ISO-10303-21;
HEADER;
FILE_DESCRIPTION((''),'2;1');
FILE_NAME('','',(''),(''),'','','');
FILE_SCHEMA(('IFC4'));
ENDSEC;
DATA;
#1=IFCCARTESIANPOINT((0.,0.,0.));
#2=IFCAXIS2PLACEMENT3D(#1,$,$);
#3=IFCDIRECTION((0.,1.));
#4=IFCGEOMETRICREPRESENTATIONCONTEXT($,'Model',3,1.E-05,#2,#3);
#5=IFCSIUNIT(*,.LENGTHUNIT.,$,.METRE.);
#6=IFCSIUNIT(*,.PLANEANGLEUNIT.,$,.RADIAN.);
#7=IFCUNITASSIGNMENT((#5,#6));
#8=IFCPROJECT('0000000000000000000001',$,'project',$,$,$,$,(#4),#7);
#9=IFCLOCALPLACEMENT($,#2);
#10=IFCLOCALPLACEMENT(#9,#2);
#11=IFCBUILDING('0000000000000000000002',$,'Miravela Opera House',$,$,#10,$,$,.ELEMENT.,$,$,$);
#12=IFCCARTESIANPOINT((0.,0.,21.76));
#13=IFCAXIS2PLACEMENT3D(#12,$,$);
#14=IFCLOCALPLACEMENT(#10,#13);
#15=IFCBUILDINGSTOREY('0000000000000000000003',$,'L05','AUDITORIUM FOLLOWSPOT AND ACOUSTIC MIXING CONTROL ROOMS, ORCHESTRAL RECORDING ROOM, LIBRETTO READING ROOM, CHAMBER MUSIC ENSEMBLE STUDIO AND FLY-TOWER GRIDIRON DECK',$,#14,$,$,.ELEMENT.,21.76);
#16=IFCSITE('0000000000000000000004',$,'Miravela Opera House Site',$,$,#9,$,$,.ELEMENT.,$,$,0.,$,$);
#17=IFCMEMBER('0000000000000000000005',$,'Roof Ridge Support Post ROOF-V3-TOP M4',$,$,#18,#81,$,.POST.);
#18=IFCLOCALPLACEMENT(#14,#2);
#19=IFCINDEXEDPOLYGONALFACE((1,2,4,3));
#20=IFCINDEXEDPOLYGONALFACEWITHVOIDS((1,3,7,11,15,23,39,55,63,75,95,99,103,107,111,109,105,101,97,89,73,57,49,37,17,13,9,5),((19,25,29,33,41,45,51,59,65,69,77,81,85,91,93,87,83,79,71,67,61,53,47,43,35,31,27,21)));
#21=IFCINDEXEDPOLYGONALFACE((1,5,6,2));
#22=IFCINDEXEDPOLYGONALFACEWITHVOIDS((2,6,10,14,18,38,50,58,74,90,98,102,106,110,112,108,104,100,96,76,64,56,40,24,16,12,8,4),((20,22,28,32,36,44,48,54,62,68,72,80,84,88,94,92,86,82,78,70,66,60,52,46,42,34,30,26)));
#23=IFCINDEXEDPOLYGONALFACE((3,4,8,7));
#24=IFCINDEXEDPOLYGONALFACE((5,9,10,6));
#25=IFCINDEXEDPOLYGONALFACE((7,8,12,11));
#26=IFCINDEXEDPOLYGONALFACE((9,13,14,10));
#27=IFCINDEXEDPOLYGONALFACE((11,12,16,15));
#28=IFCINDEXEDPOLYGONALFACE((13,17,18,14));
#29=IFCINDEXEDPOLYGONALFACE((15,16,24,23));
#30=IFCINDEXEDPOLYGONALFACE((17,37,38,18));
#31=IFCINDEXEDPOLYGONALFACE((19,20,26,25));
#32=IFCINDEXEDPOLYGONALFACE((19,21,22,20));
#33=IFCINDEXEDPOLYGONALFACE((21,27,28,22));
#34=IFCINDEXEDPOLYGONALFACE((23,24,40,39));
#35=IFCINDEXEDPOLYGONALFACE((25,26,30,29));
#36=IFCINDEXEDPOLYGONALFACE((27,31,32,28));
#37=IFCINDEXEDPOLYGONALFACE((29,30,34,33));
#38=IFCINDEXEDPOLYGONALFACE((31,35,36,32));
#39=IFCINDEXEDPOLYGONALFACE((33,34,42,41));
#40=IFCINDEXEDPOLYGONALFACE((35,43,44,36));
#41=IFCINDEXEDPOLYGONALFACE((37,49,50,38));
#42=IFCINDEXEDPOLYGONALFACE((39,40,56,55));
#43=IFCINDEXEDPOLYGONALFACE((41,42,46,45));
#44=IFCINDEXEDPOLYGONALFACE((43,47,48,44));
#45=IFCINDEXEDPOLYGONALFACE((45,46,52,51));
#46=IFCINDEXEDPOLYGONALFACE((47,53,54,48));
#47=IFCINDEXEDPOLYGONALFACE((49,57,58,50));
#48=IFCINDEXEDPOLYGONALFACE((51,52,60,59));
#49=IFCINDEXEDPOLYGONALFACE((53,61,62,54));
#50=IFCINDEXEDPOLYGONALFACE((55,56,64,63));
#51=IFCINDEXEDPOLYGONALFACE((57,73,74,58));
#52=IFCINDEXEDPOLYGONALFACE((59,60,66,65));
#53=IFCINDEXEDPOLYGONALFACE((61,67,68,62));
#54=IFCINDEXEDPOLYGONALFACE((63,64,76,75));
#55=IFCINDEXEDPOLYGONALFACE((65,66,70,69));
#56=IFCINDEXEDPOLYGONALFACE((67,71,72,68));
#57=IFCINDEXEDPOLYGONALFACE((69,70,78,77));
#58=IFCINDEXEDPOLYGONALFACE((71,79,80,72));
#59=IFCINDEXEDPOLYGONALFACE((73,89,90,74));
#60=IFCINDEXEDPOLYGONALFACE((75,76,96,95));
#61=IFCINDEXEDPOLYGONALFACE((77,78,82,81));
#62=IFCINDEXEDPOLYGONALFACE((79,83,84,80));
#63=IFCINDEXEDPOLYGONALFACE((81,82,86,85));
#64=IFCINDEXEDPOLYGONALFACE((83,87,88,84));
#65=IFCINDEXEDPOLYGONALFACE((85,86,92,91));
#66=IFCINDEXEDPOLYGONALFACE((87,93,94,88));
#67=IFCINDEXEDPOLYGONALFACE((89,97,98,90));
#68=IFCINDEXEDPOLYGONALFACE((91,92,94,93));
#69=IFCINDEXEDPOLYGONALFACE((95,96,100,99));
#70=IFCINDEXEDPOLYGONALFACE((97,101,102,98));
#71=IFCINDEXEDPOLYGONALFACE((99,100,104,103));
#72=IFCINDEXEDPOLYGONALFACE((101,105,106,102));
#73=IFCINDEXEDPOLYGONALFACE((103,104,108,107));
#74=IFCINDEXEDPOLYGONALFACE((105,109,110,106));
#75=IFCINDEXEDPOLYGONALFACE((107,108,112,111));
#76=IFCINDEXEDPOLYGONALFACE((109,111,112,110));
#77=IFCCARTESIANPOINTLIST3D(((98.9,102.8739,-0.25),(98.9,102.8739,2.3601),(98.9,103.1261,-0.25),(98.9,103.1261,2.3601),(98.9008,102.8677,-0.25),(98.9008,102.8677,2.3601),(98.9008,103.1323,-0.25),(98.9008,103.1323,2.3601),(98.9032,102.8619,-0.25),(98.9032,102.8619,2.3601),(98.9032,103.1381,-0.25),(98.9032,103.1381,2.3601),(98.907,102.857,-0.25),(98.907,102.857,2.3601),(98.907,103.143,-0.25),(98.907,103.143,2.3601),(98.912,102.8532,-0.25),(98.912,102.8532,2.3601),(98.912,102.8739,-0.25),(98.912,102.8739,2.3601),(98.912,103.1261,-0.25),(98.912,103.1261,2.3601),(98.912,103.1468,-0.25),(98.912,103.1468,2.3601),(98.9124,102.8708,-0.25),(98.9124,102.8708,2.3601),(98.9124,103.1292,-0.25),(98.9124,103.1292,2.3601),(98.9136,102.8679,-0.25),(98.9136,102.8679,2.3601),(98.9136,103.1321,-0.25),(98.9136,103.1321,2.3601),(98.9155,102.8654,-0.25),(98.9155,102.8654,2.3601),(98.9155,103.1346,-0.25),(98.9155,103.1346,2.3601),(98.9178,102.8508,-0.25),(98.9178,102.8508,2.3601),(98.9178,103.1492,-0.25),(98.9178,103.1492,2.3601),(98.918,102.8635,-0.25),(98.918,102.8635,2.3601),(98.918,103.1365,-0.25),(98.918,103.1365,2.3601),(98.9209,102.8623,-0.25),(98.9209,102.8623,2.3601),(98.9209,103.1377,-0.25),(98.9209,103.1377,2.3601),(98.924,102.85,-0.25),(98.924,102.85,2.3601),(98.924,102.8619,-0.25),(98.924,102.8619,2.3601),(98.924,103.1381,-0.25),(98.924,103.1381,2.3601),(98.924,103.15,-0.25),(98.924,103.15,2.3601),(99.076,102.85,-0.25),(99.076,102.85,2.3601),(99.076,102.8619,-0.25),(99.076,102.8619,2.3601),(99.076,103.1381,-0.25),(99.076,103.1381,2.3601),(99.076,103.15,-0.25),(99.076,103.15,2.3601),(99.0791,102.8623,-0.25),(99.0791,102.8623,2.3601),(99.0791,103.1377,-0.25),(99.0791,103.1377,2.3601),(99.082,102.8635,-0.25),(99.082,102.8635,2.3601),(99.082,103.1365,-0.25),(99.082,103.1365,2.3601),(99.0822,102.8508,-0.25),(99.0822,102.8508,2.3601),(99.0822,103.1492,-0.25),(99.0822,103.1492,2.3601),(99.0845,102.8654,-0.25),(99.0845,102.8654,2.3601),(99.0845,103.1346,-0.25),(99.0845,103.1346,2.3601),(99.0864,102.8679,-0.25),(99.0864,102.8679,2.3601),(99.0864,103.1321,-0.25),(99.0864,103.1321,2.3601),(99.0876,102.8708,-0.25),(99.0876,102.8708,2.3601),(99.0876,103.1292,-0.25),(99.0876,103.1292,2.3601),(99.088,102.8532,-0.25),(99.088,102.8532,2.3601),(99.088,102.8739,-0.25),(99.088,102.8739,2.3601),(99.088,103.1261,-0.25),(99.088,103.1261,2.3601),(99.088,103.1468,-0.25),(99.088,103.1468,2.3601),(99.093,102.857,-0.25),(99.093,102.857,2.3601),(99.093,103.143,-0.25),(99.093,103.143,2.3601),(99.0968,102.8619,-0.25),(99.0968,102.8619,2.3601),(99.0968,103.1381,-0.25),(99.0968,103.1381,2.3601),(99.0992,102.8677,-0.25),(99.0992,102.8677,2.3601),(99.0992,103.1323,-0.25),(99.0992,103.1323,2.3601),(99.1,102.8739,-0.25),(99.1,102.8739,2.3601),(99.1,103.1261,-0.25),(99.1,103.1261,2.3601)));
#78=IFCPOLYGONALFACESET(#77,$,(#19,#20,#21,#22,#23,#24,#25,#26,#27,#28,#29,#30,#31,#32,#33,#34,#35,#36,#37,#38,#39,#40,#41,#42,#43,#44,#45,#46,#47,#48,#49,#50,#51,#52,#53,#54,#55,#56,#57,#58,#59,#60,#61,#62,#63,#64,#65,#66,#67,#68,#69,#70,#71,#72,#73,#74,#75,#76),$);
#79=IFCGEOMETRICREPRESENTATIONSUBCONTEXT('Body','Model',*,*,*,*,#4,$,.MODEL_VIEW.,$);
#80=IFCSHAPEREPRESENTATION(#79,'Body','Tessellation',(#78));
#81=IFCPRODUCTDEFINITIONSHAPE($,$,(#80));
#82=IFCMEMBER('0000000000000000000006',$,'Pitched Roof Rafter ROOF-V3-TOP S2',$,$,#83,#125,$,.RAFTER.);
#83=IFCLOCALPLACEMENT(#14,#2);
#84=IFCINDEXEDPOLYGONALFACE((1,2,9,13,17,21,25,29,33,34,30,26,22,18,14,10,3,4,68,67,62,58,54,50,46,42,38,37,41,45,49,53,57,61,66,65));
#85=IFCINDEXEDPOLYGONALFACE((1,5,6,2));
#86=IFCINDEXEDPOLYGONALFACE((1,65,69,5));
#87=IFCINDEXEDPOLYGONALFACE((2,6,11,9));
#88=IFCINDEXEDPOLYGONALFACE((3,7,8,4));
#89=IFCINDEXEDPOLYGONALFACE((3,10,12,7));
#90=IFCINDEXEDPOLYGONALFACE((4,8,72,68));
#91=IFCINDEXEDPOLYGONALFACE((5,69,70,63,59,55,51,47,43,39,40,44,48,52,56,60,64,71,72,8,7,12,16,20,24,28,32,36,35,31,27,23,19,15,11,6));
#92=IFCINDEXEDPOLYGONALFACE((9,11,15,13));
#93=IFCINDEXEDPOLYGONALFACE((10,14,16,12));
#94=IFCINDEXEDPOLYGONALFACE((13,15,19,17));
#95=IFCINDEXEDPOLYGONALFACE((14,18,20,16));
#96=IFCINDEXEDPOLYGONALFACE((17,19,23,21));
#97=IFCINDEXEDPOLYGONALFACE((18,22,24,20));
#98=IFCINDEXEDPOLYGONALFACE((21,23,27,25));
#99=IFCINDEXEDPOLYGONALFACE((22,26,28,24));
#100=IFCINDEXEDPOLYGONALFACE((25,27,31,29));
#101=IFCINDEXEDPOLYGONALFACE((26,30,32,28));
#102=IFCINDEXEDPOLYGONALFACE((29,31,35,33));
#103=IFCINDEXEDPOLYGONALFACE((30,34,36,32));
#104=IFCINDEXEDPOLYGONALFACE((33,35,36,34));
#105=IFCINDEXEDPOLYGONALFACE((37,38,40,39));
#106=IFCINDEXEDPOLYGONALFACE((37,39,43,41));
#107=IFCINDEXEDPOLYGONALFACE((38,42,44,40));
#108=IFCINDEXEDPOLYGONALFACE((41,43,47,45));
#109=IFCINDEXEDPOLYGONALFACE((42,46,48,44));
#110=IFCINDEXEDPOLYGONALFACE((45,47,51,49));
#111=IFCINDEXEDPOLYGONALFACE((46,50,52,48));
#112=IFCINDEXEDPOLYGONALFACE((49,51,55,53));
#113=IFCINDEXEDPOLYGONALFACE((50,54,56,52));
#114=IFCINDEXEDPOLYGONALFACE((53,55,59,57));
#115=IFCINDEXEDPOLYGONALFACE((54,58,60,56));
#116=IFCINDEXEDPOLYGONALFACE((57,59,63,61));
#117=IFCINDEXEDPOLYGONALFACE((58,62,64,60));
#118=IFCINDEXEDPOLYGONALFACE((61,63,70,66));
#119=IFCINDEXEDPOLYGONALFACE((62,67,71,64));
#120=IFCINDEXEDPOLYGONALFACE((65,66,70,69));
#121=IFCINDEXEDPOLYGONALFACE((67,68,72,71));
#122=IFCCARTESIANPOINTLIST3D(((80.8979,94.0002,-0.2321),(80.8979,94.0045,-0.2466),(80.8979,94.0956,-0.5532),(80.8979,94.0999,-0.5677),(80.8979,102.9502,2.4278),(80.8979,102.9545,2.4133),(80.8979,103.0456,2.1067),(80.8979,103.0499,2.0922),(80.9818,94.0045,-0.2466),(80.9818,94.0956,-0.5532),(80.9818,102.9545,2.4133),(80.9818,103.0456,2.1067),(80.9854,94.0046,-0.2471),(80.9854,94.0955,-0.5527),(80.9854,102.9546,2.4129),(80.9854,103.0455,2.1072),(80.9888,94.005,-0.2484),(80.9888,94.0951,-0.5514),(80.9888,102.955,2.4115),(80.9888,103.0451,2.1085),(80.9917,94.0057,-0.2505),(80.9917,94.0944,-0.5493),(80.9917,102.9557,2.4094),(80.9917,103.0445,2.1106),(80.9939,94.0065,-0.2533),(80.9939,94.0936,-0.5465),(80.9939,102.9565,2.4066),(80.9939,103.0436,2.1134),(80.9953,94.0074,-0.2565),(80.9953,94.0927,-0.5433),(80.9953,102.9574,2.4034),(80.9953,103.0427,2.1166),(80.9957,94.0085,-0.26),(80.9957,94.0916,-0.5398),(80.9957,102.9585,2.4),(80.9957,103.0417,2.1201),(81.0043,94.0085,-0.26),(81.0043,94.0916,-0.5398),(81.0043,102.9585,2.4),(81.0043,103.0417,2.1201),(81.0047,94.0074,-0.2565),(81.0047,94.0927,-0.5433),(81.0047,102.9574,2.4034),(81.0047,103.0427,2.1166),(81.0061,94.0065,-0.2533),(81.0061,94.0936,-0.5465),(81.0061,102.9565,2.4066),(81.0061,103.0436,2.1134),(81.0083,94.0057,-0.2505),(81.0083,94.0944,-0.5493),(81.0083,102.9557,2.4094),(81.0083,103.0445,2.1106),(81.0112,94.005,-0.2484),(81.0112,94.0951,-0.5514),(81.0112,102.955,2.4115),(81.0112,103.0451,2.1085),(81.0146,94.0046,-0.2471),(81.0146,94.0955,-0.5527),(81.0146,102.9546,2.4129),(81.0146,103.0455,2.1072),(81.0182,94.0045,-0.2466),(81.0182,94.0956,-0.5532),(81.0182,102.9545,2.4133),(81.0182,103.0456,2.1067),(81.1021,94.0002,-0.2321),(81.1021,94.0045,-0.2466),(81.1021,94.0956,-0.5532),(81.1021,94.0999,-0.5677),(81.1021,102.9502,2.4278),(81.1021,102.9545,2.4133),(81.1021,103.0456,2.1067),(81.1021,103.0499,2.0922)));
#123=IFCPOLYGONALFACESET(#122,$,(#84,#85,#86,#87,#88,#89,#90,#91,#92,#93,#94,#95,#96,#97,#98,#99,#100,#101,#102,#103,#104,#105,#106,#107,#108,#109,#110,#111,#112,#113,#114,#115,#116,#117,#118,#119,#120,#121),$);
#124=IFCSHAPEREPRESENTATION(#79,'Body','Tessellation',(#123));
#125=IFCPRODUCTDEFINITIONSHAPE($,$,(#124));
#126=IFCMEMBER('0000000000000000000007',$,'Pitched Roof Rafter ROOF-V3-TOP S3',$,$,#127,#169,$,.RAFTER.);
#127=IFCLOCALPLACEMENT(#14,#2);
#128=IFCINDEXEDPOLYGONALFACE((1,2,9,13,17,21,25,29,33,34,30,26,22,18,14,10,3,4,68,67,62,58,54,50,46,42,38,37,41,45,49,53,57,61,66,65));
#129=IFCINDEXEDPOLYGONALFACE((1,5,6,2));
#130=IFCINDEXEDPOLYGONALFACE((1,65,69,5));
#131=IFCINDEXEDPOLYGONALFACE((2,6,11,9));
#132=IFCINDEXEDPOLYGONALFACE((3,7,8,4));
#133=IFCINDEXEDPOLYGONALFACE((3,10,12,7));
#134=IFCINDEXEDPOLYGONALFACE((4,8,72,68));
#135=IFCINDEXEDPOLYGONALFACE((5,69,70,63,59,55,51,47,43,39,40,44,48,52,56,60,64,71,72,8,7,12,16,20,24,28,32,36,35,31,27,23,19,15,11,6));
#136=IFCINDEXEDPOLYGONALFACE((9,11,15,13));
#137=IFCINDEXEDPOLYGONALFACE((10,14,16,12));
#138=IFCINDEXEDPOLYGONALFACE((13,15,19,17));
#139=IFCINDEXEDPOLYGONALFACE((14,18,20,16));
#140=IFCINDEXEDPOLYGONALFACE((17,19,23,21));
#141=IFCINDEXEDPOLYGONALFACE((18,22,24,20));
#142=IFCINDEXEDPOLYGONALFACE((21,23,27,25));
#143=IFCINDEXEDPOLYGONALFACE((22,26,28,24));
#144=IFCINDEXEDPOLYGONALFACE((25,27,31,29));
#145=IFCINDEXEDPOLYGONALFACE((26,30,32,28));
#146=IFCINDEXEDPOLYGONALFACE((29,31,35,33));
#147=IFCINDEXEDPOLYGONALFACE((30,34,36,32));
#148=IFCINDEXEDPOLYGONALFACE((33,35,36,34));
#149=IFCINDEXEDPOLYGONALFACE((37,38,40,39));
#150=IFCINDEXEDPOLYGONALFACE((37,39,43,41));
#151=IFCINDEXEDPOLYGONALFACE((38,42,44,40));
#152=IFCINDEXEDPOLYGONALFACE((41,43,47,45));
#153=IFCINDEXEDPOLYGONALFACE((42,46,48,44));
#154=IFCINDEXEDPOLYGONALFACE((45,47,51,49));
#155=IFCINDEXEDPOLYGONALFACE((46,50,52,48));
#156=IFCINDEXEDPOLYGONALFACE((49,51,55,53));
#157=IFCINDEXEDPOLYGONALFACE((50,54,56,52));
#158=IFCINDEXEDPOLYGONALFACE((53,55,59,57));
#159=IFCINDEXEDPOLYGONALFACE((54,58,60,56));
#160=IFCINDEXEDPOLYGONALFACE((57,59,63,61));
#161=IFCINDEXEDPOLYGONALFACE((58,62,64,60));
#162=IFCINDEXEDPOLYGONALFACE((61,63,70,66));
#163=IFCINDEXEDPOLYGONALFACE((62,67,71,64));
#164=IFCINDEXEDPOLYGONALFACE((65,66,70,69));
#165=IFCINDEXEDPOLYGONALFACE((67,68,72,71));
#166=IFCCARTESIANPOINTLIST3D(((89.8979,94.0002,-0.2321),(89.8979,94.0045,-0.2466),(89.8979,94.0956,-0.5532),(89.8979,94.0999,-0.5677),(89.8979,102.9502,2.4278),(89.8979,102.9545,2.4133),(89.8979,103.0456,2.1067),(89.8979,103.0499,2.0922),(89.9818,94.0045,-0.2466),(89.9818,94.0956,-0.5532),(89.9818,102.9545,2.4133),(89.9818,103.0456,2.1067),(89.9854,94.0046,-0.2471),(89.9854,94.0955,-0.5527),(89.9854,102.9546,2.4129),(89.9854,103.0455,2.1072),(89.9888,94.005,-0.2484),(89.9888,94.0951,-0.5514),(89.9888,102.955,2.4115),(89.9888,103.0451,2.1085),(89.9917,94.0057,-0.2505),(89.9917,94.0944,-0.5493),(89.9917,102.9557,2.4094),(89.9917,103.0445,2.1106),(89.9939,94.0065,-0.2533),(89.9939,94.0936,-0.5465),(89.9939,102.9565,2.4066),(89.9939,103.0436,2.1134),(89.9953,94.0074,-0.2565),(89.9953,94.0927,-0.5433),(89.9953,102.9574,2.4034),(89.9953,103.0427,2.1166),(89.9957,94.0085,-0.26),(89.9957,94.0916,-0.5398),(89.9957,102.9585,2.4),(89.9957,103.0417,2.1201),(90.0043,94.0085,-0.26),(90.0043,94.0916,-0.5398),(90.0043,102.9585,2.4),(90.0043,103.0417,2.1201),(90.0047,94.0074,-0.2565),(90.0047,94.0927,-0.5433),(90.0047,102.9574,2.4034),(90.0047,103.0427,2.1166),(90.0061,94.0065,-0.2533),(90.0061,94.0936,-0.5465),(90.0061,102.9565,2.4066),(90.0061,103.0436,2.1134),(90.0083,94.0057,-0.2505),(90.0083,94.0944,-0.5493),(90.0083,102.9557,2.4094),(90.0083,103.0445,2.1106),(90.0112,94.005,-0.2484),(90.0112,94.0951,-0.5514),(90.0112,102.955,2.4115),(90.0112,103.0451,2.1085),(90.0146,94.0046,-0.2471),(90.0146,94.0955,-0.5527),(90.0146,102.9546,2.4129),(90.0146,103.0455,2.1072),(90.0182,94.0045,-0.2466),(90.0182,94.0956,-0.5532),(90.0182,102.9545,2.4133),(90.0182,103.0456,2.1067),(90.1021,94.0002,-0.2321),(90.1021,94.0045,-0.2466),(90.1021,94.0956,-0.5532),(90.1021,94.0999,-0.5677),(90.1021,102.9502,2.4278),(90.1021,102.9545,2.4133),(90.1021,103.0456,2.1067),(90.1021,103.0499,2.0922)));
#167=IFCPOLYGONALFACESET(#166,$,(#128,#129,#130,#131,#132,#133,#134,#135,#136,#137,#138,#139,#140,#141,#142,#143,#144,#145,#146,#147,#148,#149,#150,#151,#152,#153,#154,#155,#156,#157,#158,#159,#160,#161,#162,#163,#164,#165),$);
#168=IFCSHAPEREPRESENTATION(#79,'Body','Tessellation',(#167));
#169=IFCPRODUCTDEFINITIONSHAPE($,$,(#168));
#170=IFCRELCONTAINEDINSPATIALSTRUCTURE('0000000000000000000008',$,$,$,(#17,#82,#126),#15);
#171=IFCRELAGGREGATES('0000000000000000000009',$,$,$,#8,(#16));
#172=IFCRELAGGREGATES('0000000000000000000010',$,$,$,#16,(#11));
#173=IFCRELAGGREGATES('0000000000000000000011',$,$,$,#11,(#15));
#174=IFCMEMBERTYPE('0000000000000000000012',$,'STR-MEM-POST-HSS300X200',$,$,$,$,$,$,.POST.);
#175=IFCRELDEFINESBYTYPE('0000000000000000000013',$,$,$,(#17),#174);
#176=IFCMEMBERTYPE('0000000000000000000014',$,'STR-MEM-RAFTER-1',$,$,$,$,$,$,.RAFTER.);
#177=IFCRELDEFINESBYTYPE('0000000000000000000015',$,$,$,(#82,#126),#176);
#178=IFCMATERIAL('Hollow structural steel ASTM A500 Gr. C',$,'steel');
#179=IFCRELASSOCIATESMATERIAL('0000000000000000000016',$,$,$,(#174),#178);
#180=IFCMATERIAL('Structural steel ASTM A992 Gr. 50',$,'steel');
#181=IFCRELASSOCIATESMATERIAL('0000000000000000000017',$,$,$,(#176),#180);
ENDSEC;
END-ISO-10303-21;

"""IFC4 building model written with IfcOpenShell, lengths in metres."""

from ifc_helpers import new_model, si_unit, direction, frame, origin, origin_2d, place, context, subcontext, project, spatial, hollow_rectangle, i_section, extrude, material, material_profile, profile_set, type_object, element, save


model = new_model("IFC4")

# Units and contexts
model_context = context("Model", 3, precision=1e-05, world=origin(), true_north=direction((0.0, 1.0)))
body_context = subcontext(model_context, "Body", "Model", "MODEL_VIEW")
ifc_project = project(units=[si_unit("LENGTHUNIT", "METRE"), si_unit("PLANEANGLEUNIT", "RADIAN")], contexts=[model_context])

# Site, building, storey
site_placement = place(None, origin())
site = spatial("IfcSite", under=ifc_project, at=site_placement, Name="Miravela Opera House Site", CompositionType="ELEMENT", RefElevation=0.0)
building_placement = place(site_placement, origin())
building = spatial("IfcBuilding", under=site, at=building_placement, Name="Miravela Opera House", CompositionType="ELEMENT")
storey_placement = place(building_placement, frame((0.0, 0.0, 21.76)))
storey = spatial("IfcBuildingStorey", under=building, at=storey_placement, Name="L05", Description="AUDITORIUM FOLLOWSPOT AND ACOUSTIC MIXING CONTROL ROOMS, ORCHESTRAL RECORDING ROOM, LIBRETTO READING ROOM, CHAMBER MUSIC ENSEMBLE STUDIO AND FLY-TOWER GRIDIRON DECK", CompositionType="ELEMENT", Elevation=21.76)

# Members
ifc_material_1 = material(Name="Hollow structural steel ASTM A500 Gr. C", Category="steel")
ifc_material_profile_1 = material_profile(ifc_material_1, hollow_rectangle(XDim=0.2, YDim=0.3, WallThickness=0.012, InnerFilletRadius=0.012, OuterFilletRadius=0.0239, at=origin_2d()), Name="HSS300X200X12")
ifc_profile_set_1 = profile_set([ifc_material_profile_1])
member_type_1 = type_object("IfcMemberType", Name="STR-MEM-POST-HSS300X200", PredefinedType="POST", material=ifc_profile_set_1)
for number, where, z_axis, x_axis, name in (
    (1, (99.0, 103.0, -0.25), (0.0, 0.0, 1.0), (1.0, 0.0, 0.0), "Roof Ridge Support Post ROOF-V3-TOP M4"),
):
    element("IfcMember", number, at=place(storey_placement, frame(where, z_axis=z_axis, x_axis=x_axis)), inside=storey, type_object=member_type_1, Name=name, PredefinedType="POST", context=body_context, shape_type="SweptSolid", body=[
        extrude(hollow_rectangle(XDim=0.2, YDim=0.3, WallThickness=0.012, InnerFilletRadius=0.012, OuterFilletRadius=0.0239, at=origin_2d()), origin(), (0.0, 0.0, 1.0), 2.6101),
    ])
ifc_material_2 = material(Name="Structural steel ASTM A992 Gr. 50", Category="steel")
ifc_material_profile_2 = material_profile(ifc_material_2, i_section(OverallWidth=0.2041, OverallDepth=0.3501, WebThickness=0.0085, FlangeThickness=0.0151, FilletRadius=0.0139, at=origin_2d()), Name="W360X72")
ifc_profile_set_2 = profile_set([ifc_material_profile_2])
member_type_2 = type_object("IfcMemberType", Name="STR-MEM-RAFTER-1", PredefinedType="RAFTER", material=ifc_profile_set_2)
for number, where, z_axis, x_axis, name in (
    (2, (81.0, 94.05, -0.3999), (0.0, 0.958562, 0.284883), (-1.0, 0.0, 0.0), "Pitched Roof Rafter ROOF-V3-TOP S2"),
    (3, (90.0, 94.05, -0.3999), (0.0, 0.958562, 0.284883), (-1.0, 0.0, 0.0), "Pitched Roof Rafter ROOF-V3-TOP S3"),
):
    element("IfcMember", number, at=place(storey_placement, frame(where, z_axis=z_axis, x_axis=x_axis)), inside=storey, type_object=member_type_2, Name=name, PredefinedType="RAFTER", context=body_context, shape_type="SweptSolid", body=[
        extrude(i_section(OverallWidth=0.2041, OverallDepth=0.3501, WebThickness=0.0085, FlangeThickness=0.0151, FilletRadius=0.0139, at=origin_2d()), origin(), (0.0, 0.0, 1.0), 9.3369),
    ])

save(model, "model.ifc")
